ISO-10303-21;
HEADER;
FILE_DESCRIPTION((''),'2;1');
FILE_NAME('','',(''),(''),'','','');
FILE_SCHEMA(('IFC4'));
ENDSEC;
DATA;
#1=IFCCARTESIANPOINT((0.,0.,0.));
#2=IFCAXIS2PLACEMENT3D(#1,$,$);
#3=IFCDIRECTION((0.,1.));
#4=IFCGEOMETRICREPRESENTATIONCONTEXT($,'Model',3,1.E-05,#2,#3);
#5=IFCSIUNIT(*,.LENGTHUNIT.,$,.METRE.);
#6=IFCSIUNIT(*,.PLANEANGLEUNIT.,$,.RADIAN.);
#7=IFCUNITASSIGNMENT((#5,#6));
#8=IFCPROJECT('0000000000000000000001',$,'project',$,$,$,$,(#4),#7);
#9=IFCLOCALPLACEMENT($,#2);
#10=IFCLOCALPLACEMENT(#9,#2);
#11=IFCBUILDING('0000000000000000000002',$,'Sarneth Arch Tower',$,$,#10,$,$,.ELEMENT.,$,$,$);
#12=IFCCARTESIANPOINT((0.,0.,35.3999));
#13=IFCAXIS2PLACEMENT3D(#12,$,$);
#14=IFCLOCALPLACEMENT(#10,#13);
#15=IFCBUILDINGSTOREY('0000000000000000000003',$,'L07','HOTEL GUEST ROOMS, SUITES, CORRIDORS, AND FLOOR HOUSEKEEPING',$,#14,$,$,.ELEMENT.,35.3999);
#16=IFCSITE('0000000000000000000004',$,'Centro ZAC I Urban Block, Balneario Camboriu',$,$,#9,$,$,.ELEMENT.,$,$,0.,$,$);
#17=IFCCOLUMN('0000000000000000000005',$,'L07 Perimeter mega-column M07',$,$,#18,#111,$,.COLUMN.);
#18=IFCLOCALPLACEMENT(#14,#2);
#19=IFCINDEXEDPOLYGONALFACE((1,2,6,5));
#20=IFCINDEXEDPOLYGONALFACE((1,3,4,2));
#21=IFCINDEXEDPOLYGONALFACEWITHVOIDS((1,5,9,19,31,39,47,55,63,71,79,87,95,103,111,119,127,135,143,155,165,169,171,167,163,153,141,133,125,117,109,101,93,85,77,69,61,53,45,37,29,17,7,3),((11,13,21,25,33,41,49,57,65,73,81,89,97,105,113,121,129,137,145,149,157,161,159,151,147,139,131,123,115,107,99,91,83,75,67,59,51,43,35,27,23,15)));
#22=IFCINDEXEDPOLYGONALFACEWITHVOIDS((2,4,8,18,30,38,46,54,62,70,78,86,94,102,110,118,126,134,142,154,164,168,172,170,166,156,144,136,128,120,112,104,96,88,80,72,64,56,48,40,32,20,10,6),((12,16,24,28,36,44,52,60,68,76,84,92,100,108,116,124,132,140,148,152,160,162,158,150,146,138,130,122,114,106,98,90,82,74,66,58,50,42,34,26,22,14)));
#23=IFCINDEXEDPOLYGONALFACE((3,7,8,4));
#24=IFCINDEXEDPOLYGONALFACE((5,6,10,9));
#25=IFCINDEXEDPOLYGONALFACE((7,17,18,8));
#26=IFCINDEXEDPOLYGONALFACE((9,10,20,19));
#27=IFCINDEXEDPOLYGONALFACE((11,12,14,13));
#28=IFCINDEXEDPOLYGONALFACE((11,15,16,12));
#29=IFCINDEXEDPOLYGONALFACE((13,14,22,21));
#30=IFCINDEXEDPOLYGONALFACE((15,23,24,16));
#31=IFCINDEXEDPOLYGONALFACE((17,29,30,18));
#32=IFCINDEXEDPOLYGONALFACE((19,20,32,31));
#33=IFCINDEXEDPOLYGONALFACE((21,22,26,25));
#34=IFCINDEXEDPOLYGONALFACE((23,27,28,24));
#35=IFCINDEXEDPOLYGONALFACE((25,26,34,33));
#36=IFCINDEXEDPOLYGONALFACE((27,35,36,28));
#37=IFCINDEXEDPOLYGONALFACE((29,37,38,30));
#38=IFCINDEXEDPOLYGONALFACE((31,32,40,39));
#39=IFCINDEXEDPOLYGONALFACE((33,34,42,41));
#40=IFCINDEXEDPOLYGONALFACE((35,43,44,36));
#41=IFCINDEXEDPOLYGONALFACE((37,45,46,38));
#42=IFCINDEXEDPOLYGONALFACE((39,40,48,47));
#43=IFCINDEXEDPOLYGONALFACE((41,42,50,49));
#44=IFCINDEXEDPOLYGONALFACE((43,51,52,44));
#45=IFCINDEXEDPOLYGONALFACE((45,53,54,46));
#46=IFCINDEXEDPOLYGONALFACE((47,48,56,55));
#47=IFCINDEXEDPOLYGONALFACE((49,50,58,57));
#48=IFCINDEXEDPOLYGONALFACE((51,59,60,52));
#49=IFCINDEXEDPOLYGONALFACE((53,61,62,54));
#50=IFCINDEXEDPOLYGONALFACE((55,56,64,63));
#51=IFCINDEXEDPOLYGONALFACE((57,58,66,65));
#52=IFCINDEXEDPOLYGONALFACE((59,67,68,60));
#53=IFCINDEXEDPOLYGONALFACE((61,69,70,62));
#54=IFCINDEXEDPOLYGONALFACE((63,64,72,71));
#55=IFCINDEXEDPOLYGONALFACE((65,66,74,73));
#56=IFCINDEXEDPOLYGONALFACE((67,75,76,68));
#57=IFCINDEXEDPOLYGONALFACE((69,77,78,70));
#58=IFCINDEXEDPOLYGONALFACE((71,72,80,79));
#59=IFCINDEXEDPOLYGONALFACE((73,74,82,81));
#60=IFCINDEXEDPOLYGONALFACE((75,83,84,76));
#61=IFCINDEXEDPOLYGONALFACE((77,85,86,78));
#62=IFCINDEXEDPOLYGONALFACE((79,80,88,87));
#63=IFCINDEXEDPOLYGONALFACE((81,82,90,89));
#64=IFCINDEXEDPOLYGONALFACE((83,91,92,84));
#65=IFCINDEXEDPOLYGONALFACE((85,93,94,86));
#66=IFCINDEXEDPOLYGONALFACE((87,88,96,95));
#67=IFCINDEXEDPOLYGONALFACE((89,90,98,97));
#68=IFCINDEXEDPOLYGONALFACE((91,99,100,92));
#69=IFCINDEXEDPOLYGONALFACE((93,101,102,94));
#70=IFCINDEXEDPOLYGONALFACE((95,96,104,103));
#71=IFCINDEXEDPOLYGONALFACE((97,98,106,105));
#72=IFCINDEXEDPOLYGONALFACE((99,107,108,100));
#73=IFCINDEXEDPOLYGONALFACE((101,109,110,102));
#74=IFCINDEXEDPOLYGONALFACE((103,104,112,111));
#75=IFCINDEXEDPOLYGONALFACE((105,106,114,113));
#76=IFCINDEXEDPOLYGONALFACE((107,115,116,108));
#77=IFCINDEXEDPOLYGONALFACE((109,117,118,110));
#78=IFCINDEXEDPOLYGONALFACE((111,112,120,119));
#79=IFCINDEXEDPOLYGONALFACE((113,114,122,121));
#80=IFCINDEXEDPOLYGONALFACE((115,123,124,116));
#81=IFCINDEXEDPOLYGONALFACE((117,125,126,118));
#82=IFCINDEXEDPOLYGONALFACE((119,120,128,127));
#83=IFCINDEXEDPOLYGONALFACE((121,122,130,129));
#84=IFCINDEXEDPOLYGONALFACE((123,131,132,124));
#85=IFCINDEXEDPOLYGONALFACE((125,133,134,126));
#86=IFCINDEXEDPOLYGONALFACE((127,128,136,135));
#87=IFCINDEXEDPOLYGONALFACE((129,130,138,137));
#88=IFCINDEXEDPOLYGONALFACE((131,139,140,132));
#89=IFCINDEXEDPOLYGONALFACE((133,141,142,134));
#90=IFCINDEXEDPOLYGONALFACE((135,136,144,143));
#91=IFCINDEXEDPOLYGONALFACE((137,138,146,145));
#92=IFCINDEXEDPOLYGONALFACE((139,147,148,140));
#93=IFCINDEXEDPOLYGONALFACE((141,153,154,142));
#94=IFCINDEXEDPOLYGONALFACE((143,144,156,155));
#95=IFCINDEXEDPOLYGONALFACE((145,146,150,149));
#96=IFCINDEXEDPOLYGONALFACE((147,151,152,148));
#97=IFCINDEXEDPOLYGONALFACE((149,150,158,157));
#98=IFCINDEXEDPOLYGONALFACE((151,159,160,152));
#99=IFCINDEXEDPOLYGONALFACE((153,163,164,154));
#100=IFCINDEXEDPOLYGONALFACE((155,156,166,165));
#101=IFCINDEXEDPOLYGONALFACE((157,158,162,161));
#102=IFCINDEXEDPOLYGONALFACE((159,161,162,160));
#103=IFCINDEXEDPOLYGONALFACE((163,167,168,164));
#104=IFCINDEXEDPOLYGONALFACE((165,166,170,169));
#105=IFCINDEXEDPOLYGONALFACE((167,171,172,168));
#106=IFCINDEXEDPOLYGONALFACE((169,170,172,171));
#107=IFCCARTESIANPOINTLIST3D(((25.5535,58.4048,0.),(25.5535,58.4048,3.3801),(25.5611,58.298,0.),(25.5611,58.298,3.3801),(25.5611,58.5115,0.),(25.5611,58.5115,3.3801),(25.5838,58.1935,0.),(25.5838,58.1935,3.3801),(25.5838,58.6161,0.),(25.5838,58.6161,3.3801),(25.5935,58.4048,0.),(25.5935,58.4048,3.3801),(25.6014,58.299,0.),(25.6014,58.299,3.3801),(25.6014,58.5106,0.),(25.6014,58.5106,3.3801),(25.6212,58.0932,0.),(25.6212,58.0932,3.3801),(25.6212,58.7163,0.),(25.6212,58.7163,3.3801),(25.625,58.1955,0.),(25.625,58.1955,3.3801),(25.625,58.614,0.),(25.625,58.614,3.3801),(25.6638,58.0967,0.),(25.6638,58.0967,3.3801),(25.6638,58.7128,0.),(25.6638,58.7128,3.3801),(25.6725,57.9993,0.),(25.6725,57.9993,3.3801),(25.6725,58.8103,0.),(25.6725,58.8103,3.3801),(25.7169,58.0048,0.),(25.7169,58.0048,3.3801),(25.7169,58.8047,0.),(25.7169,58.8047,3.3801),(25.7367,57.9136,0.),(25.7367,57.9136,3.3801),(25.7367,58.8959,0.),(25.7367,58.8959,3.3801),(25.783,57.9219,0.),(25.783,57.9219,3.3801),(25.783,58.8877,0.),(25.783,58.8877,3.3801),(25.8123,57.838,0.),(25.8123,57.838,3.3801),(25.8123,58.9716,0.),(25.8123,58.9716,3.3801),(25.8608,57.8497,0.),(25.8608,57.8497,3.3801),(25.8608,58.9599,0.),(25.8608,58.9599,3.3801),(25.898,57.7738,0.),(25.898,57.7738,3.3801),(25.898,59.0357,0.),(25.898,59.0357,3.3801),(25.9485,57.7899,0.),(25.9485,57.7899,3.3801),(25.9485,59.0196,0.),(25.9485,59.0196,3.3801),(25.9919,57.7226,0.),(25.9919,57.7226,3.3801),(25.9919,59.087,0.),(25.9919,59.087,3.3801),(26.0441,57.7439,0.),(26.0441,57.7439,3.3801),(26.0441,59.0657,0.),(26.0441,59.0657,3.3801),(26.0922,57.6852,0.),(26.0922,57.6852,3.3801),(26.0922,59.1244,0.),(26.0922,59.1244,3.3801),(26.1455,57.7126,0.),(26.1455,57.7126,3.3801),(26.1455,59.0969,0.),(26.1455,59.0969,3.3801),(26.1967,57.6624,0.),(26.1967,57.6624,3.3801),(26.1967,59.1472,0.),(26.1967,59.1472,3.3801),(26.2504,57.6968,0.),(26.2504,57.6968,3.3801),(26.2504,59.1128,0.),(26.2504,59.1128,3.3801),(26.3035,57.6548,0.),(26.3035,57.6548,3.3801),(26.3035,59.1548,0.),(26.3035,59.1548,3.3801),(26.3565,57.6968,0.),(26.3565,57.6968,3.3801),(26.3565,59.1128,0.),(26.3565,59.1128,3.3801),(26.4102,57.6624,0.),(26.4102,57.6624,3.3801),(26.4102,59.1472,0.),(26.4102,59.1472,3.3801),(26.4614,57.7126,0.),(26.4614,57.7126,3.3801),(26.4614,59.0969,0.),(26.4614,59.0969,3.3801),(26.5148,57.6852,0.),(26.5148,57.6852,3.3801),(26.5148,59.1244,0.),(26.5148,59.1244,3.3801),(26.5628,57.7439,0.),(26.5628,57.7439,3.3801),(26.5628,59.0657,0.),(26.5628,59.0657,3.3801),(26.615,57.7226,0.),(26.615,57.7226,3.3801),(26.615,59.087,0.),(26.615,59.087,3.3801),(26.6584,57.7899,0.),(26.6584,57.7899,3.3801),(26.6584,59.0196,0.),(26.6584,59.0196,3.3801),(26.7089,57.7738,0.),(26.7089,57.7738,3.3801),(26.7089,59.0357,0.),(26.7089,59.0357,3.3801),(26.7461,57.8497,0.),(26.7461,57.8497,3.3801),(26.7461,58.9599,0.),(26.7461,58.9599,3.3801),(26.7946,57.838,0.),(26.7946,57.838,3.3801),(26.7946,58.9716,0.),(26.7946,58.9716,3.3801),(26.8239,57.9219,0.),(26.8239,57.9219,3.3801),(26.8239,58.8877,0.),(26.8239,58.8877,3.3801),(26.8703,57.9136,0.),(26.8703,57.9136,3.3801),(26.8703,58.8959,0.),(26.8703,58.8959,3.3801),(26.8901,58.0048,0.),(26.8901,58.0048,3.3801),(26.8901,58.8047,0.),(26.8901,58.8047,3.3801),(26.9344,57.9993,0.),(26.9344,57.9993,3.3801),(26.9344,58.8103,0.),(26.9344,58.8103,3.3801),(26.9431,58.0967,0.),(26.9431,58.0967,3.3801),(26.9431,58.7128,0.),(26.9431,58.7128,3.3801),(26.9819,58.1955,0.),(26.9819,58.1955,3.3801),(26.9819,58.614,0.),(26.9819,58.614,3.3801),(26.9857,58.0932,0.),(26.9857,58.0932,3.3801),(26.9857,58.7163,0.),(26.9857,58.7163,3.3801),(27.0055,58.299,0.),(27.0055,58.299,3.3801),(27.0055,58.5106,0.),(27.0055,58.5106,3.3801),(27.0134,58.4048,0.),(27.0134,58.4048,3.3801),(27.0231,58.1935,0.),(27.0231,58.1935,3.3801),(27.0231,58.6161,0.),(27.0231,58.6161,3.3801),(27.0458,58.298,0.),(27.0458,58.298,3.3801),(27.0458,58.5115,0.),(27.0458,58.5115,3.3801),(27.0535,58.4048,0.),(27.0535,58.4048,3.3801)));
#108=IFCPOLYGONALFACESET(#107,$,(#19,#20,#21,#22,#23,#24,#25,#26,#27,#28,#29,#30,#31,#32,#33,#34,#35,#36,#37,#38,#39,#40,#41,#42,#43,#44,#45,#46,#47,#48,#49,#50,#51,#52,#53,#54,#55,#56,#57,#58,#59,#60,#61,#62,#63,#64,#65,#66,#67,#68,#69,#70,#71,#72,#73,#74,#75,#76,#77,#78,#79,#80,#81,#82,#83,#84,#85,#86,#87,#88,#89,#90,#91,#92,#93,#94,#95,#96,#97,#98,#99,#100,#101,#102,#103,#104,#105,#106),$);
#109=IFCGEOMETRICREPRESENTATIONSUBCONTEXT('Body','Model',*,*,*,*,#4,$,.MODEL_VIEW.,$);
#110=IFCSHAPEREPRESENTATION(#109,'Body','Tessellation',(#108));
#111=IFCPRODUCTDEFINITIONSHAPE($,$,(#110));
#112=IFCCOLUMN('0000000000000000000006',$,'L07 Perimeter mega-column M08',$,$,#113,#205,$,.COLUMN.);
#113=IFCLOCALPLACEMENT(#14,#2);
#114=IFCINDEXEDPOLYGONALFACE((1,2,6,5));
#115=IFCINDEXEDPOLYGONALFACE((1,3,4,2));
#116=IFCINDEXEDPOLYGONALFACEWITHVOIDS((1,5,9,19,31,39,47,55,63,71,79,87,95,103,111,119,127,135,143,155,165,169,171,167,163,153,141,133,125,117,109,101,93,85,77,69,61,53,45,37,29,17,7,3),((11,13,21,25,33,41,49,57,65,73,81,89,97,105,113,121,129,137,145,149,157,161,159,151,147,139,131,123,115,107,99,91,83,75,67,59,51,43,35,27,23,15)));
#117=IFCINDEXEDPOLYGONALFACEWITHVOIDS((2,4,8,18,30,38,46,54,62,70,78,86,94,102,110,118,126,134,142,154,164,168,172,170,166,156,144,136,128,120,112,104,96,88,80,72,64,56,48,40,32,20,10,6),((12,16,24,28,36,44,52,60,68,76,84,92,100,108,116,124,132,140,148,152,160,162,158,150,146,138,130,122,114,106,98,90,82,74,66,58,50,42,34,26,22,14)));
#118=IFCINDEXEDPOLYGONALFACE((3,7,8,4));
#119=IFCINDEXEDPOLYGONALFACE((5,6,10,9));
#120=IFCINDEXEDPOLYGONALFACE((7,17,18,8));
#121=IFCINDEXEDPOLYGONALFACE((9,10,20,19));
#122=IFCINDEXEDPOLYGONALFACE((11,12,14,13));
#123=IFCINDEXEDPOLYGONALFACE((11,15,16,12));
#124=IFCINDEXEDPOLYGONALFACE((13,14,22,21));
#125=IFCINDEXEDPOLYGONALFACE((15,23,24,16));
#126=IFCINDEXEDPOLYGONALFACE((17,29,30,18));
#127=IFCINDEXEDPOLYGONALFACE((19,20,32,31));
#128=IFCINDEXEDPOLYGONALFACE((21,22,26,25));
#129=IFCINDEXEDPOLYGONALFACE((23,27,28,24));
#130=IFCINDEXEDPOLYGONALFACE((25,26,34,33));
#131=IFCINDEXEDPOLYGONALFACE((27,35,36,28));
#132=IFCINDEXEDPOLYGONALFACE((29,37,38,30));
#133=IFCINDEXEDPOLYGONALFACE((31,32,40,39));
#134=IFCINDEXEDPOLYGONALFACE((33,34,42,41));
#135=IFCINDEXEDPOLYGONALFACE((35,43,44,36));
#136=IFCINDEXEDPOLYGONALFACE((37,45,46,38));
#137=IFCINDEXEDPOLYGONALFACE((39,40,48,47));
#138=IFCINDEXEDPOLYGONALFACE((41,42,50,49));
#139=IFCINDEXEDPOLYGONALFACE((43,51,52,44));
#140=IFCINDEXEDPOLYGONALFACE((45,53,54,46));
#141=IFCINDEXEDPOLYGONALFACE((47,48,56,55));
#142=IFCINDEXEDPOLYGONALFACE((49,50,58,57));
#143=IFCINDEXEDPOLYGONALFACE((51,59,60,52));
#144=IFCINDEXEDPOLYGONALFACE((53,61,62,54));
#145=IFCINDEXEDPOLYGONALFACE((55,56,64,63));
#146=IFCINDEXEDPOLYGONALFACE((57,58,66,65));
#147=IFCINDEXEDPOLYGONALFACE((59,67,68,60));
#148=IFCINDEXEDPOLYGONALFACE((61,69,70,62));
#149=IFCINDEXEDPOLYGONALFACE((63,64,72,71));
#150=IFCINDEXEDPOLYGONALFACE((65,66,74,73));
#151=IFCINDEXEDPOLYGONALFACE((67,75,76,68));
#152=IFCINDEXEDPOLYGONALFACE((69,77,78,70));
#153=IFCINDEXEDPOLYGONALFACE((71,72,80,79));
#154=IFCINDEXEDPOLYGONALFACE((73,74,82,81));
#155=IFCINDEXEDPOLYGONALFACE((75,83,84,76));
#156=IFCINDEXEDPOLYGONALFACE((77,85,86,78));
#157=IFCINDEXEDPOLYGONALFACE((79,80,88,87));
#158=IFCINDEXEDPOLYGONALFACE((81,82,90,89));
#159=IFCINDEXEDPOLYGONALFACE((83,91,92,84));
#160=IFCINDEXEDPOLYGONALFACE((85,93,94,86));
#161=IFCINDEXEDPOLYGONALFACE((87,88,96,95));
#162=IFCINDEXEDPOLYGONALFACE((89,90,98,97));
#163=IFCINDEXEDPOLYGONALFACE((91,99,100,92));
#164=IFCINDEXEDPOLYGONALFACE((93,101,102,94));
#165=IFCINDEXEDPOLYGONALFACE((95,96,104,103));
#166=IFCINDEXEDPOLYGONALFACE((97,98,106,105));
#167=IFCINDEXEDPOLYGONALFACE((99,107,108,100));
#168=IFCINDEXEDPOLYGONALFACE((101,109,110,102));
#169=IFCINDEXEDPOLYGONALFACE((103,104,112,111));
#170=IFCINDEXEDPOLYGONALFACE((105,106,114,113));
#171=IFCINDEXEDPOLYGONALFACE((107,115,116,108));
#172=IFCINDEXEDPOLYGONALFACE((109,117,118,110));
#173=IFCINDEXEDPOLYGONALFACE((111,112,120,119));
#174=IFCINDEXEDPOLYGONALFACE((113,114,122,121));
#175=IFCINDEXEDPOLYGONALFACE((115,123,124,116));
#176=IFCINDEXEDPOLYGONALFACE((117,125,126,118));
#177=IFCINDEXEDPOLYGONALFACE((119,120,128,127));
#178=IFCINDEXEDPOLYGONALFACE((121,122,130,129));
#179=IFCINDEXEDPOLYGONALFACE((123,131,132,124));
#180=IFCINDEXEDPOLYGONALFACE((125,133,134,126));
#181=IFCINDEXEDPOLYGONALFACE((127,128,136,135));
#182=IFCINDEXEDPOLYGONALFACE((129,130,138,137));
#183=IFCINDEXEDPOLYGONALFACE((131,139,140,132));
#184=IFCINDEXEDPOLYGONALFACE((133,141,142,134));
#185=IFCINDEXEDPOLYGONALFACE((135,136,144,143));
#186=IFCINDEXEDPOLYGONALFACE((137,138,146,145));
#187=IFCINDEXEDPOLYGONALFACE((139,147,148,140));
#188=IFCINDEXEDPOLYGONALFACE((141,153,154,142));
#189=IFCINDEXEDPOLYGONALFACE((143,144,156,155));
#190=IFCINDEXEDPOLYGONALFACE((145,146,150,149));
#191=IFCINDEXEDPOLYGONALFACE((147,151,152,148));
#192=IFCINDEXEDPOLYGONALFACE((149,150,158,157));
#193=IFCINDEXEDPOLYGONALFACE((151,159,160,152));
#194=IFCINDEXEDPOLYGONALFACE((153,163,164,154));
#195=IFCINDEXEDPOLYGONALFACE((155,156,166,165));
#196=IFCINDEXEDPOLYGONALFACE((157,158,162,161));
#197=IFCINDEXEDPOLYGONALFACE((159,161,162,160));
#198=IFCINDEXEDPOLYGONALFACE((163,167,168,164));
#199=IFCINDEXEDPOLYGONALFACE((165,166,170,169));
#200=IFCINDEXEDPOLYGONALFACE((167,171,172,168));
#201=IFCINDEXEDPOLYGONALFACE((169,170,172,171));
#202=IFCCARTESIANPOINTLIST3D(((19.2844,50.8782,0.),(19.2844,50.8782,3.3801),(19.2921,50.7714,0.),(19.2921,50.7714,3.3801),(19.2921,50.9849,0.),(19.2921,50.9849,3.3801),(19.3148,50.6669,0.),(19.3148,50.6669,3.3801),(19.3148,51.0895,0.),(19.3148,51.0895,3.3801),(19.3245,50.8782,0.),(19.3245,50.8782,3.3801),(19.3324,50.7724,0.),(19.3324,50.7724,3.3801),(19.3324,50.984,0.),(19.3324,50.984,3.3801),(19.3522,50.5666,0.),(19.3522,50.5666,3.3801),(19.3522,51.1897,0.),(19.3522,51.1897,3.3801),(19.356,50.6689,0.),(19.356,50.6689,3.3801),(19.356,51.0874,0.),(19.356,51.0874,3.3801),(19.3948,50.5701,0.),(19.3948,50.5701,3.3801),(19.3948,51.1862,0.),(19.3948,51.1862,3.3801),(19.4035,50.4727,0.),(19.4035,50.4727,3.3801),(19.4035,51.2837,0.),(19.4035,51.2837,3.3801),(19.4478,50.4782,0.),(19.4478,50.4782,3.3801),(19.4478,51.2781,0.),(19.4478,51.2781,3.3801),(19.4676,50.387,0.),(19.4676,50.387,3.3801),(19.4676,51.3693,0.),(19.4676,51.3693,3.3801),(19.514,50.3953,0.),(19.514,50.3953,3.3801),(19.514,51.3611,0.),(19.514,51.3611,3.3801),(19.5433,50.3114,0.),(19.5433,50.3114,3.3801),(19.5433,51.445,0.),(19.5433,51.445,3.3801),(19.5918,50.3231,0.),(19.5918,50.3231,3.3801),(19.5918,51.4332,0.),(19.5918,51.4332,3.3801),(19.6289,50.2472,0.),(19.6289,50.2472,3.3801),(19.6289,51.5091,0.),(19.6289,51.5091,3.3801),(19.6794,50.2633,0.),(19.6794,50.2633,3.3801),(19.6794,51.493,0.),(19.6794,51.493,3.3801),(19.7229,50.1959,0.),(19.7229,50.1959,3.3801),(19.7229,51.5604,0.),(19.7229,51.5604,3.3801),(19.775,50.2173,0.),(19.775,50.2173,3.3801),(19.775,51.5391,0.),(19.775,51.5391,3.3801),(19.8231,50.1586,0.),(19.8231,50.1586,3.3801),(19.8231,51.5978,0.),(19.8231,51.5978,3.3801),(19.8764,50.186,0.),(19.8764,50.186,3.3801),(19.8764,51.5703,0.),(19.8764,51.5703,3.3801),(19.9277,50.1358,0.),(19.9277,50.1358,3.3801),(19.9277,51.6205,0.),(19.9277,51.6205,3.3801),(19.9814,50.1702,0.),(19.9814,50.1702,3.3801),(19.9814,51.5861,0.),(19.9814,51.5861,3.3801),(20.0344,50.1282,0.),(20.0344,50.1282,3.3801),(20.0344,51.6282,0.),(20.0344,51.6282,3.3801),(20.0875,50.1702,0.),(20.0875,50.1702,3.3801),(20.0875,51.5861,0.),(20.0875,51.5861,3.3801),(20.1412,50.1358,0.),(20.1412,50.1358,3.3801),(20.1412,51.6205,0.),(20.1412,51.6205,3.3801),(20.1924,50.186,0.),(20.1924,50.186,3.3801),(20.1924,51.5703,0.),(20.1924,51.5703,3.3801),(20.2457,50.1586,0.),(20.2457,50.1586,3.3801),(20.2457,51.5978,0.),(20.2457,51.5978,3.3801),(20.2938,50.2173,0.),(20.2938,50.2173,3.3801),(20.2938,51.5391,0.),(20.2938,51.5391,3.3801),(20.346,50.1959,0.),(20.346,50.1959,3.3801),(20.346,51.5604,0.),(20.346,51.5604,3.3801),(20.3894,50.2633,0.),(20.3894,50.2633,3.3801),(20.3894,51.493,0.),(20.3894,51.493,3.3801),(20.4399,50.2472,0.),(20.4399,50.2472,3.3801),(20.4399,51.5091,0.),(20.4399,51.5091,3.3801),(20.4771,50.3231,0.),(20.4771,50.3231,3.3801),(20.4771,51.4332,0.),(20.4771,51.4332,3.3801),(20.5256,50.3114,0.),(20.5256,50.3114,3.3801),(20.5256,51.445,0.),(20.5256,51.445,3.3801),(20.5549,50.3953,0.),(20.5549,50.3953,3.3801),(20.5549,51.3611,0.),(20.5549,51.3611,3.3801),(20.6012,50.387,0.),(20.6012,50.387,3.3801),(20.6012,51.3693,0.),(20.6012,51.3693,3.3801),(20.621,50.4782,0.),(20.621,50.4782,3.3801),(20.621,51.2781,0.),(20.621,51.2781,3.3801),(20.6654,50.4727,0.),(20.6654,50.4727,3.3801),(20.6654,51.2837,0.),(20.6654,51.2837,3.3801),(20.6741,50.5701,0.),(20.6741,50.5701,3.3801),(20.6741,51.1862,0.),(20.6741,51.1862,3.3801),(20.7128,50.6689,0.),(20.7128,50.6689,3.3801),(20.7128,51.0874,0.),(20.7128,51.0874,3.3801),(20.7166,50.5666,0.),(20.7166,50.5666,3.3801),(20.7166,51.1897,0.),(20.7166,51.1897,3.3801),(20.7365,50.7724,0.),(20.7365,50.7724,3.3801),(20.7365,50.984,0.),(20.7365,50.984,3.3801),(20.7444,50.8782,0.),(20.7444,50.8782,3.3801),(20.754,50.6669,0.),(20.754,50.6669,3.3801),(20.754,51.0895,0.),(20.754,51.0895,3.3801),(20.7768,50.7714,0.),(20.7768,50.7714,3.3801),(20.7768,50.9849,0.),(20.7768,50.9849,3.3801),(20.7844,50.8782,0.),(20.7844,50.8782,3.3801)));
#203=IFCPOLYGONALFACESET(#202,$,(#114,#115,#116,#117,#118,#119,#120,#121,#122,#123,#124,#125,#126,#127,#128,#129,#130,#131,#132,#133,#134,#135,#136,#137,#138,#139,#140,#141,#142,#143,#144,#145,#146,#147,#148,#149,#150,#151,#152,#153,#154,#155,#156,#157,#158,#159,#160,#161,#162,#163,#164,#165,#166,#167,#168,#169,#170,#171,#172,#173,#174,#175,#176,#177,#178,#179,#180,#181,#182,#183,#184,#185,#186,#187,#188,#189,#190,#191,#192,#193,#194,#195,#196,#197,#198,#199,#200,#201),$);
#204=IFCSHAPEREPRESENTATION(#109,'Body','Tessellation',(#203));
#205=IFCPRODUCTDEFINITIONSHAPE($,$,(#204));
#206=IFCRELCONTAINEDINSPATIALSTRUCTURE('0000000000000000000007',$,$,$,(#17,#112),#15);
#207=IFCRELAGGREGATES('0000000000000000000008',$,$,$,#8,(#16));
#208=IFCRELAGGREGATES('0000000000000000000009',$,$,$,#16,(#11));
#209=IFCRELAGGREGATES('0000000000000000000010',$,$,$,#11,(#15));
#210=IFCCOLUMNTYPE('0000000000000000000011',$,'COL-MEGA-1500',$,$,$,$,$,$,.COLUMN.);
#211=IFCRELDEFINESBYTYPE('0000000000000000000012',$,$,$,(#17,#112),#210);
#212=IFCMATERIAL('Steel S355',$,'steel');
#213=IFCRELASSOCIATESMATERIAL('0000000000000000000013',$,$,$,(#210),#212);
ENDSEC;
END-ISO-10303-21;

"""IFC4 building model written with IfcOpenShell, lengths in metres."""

from ifc_helpers import new_model, si_unit, direction, frame, origin, origin_2d, place, context, subcontext, project, spatial, hollow_circle, extrude, material, material_profile, profile_set, type_object, element, save


model = new_model("IFC4")

# Units and contexts
model_context = context("Model", 3, precision=1e-05, world=origin(), true_north=direction((0.0, 1.0)))
body_context = subcontext(model_context, "Body", "Model", "MODEL_VIEW")
ifc_project = project(units=[si_unit("LENGTHUNIT", "METRE"), si_unit("PLANEANGLEUNIT", "RADIAN")], contexts=[model_context])

# Site, building, storey
site_placement = place(None, origin())
site = spatial("IfcSite", under=ifc_project, at=site_placement, Name="Centro ZAC I Urban Block, Balneario Camboriu", CompositionType="ELEMENT", RefElevation=0.0)
building_placement = place(site_placement, origin())
building = spatial("IfcBuilding", under=site, at=building_placement, Name="Sarneth Arch Tower", CompositionType="ELEMENT")
storey_placement = place(building_placement, frame((0.0, 0.0, 35.3999)))
storey = spatial("IfcBuildingStorey", under=building, at=storey_placement, Name="L07", Description="HOTEL GUEST ROOMS, SUITES, CORRIDORS, AND FLOOR HOUSEKEEPING", CompositionType="ELEMENT", Elevation=35.3999)

# Columns
ifc_material_1 = material(Name="Steel S355", Category="steel")
ifc_material_profile_1 = material_profile(ifc_material_1, hollow_circle(Radius=0.75, WallThickness=0.04, at=origin_2d()), Name="CHS1500x40")
ifc_profile_set_1 = profile_set([ifc_material_profile_1], Name="Steel S355")
column_type = type_object("IfcColumnType", Name="COL-MEGA-1500", PredefinedType="COLUMN", material=ifc_profile_set_1)
for number, where, z_axis, x_axis, name in (
    (1, (26.3035, 58.4048, 0.0), (0.0, 0.0, 1.0), (1.0, 0.0, 0.0), "L07 Perimeter mega-column M07"),
    (2, (20.0344, 50.8782, 0.0), (0.0, 0.0, 1.0), (1.0, 0.0, 0.0), "L07 Perimeter mega-column M08"),
):
    element("IfcColumn", number, at=place(storey_placement, frame(where, z_axis=z_axis, x_axis=x_axis)), inside=storey, type_object=column_type, Name=name, PredefinedType="COLUMN", context=body_context, shape_type="SweptSolid", body=[
        extrude(hollow_circle(Radius=0.75, WallThickness=0.04, at=origin_2d()), origin(), (0.0, 0.0, 1.0), 3.3801),
    ])

save(model, "model.ifc")
